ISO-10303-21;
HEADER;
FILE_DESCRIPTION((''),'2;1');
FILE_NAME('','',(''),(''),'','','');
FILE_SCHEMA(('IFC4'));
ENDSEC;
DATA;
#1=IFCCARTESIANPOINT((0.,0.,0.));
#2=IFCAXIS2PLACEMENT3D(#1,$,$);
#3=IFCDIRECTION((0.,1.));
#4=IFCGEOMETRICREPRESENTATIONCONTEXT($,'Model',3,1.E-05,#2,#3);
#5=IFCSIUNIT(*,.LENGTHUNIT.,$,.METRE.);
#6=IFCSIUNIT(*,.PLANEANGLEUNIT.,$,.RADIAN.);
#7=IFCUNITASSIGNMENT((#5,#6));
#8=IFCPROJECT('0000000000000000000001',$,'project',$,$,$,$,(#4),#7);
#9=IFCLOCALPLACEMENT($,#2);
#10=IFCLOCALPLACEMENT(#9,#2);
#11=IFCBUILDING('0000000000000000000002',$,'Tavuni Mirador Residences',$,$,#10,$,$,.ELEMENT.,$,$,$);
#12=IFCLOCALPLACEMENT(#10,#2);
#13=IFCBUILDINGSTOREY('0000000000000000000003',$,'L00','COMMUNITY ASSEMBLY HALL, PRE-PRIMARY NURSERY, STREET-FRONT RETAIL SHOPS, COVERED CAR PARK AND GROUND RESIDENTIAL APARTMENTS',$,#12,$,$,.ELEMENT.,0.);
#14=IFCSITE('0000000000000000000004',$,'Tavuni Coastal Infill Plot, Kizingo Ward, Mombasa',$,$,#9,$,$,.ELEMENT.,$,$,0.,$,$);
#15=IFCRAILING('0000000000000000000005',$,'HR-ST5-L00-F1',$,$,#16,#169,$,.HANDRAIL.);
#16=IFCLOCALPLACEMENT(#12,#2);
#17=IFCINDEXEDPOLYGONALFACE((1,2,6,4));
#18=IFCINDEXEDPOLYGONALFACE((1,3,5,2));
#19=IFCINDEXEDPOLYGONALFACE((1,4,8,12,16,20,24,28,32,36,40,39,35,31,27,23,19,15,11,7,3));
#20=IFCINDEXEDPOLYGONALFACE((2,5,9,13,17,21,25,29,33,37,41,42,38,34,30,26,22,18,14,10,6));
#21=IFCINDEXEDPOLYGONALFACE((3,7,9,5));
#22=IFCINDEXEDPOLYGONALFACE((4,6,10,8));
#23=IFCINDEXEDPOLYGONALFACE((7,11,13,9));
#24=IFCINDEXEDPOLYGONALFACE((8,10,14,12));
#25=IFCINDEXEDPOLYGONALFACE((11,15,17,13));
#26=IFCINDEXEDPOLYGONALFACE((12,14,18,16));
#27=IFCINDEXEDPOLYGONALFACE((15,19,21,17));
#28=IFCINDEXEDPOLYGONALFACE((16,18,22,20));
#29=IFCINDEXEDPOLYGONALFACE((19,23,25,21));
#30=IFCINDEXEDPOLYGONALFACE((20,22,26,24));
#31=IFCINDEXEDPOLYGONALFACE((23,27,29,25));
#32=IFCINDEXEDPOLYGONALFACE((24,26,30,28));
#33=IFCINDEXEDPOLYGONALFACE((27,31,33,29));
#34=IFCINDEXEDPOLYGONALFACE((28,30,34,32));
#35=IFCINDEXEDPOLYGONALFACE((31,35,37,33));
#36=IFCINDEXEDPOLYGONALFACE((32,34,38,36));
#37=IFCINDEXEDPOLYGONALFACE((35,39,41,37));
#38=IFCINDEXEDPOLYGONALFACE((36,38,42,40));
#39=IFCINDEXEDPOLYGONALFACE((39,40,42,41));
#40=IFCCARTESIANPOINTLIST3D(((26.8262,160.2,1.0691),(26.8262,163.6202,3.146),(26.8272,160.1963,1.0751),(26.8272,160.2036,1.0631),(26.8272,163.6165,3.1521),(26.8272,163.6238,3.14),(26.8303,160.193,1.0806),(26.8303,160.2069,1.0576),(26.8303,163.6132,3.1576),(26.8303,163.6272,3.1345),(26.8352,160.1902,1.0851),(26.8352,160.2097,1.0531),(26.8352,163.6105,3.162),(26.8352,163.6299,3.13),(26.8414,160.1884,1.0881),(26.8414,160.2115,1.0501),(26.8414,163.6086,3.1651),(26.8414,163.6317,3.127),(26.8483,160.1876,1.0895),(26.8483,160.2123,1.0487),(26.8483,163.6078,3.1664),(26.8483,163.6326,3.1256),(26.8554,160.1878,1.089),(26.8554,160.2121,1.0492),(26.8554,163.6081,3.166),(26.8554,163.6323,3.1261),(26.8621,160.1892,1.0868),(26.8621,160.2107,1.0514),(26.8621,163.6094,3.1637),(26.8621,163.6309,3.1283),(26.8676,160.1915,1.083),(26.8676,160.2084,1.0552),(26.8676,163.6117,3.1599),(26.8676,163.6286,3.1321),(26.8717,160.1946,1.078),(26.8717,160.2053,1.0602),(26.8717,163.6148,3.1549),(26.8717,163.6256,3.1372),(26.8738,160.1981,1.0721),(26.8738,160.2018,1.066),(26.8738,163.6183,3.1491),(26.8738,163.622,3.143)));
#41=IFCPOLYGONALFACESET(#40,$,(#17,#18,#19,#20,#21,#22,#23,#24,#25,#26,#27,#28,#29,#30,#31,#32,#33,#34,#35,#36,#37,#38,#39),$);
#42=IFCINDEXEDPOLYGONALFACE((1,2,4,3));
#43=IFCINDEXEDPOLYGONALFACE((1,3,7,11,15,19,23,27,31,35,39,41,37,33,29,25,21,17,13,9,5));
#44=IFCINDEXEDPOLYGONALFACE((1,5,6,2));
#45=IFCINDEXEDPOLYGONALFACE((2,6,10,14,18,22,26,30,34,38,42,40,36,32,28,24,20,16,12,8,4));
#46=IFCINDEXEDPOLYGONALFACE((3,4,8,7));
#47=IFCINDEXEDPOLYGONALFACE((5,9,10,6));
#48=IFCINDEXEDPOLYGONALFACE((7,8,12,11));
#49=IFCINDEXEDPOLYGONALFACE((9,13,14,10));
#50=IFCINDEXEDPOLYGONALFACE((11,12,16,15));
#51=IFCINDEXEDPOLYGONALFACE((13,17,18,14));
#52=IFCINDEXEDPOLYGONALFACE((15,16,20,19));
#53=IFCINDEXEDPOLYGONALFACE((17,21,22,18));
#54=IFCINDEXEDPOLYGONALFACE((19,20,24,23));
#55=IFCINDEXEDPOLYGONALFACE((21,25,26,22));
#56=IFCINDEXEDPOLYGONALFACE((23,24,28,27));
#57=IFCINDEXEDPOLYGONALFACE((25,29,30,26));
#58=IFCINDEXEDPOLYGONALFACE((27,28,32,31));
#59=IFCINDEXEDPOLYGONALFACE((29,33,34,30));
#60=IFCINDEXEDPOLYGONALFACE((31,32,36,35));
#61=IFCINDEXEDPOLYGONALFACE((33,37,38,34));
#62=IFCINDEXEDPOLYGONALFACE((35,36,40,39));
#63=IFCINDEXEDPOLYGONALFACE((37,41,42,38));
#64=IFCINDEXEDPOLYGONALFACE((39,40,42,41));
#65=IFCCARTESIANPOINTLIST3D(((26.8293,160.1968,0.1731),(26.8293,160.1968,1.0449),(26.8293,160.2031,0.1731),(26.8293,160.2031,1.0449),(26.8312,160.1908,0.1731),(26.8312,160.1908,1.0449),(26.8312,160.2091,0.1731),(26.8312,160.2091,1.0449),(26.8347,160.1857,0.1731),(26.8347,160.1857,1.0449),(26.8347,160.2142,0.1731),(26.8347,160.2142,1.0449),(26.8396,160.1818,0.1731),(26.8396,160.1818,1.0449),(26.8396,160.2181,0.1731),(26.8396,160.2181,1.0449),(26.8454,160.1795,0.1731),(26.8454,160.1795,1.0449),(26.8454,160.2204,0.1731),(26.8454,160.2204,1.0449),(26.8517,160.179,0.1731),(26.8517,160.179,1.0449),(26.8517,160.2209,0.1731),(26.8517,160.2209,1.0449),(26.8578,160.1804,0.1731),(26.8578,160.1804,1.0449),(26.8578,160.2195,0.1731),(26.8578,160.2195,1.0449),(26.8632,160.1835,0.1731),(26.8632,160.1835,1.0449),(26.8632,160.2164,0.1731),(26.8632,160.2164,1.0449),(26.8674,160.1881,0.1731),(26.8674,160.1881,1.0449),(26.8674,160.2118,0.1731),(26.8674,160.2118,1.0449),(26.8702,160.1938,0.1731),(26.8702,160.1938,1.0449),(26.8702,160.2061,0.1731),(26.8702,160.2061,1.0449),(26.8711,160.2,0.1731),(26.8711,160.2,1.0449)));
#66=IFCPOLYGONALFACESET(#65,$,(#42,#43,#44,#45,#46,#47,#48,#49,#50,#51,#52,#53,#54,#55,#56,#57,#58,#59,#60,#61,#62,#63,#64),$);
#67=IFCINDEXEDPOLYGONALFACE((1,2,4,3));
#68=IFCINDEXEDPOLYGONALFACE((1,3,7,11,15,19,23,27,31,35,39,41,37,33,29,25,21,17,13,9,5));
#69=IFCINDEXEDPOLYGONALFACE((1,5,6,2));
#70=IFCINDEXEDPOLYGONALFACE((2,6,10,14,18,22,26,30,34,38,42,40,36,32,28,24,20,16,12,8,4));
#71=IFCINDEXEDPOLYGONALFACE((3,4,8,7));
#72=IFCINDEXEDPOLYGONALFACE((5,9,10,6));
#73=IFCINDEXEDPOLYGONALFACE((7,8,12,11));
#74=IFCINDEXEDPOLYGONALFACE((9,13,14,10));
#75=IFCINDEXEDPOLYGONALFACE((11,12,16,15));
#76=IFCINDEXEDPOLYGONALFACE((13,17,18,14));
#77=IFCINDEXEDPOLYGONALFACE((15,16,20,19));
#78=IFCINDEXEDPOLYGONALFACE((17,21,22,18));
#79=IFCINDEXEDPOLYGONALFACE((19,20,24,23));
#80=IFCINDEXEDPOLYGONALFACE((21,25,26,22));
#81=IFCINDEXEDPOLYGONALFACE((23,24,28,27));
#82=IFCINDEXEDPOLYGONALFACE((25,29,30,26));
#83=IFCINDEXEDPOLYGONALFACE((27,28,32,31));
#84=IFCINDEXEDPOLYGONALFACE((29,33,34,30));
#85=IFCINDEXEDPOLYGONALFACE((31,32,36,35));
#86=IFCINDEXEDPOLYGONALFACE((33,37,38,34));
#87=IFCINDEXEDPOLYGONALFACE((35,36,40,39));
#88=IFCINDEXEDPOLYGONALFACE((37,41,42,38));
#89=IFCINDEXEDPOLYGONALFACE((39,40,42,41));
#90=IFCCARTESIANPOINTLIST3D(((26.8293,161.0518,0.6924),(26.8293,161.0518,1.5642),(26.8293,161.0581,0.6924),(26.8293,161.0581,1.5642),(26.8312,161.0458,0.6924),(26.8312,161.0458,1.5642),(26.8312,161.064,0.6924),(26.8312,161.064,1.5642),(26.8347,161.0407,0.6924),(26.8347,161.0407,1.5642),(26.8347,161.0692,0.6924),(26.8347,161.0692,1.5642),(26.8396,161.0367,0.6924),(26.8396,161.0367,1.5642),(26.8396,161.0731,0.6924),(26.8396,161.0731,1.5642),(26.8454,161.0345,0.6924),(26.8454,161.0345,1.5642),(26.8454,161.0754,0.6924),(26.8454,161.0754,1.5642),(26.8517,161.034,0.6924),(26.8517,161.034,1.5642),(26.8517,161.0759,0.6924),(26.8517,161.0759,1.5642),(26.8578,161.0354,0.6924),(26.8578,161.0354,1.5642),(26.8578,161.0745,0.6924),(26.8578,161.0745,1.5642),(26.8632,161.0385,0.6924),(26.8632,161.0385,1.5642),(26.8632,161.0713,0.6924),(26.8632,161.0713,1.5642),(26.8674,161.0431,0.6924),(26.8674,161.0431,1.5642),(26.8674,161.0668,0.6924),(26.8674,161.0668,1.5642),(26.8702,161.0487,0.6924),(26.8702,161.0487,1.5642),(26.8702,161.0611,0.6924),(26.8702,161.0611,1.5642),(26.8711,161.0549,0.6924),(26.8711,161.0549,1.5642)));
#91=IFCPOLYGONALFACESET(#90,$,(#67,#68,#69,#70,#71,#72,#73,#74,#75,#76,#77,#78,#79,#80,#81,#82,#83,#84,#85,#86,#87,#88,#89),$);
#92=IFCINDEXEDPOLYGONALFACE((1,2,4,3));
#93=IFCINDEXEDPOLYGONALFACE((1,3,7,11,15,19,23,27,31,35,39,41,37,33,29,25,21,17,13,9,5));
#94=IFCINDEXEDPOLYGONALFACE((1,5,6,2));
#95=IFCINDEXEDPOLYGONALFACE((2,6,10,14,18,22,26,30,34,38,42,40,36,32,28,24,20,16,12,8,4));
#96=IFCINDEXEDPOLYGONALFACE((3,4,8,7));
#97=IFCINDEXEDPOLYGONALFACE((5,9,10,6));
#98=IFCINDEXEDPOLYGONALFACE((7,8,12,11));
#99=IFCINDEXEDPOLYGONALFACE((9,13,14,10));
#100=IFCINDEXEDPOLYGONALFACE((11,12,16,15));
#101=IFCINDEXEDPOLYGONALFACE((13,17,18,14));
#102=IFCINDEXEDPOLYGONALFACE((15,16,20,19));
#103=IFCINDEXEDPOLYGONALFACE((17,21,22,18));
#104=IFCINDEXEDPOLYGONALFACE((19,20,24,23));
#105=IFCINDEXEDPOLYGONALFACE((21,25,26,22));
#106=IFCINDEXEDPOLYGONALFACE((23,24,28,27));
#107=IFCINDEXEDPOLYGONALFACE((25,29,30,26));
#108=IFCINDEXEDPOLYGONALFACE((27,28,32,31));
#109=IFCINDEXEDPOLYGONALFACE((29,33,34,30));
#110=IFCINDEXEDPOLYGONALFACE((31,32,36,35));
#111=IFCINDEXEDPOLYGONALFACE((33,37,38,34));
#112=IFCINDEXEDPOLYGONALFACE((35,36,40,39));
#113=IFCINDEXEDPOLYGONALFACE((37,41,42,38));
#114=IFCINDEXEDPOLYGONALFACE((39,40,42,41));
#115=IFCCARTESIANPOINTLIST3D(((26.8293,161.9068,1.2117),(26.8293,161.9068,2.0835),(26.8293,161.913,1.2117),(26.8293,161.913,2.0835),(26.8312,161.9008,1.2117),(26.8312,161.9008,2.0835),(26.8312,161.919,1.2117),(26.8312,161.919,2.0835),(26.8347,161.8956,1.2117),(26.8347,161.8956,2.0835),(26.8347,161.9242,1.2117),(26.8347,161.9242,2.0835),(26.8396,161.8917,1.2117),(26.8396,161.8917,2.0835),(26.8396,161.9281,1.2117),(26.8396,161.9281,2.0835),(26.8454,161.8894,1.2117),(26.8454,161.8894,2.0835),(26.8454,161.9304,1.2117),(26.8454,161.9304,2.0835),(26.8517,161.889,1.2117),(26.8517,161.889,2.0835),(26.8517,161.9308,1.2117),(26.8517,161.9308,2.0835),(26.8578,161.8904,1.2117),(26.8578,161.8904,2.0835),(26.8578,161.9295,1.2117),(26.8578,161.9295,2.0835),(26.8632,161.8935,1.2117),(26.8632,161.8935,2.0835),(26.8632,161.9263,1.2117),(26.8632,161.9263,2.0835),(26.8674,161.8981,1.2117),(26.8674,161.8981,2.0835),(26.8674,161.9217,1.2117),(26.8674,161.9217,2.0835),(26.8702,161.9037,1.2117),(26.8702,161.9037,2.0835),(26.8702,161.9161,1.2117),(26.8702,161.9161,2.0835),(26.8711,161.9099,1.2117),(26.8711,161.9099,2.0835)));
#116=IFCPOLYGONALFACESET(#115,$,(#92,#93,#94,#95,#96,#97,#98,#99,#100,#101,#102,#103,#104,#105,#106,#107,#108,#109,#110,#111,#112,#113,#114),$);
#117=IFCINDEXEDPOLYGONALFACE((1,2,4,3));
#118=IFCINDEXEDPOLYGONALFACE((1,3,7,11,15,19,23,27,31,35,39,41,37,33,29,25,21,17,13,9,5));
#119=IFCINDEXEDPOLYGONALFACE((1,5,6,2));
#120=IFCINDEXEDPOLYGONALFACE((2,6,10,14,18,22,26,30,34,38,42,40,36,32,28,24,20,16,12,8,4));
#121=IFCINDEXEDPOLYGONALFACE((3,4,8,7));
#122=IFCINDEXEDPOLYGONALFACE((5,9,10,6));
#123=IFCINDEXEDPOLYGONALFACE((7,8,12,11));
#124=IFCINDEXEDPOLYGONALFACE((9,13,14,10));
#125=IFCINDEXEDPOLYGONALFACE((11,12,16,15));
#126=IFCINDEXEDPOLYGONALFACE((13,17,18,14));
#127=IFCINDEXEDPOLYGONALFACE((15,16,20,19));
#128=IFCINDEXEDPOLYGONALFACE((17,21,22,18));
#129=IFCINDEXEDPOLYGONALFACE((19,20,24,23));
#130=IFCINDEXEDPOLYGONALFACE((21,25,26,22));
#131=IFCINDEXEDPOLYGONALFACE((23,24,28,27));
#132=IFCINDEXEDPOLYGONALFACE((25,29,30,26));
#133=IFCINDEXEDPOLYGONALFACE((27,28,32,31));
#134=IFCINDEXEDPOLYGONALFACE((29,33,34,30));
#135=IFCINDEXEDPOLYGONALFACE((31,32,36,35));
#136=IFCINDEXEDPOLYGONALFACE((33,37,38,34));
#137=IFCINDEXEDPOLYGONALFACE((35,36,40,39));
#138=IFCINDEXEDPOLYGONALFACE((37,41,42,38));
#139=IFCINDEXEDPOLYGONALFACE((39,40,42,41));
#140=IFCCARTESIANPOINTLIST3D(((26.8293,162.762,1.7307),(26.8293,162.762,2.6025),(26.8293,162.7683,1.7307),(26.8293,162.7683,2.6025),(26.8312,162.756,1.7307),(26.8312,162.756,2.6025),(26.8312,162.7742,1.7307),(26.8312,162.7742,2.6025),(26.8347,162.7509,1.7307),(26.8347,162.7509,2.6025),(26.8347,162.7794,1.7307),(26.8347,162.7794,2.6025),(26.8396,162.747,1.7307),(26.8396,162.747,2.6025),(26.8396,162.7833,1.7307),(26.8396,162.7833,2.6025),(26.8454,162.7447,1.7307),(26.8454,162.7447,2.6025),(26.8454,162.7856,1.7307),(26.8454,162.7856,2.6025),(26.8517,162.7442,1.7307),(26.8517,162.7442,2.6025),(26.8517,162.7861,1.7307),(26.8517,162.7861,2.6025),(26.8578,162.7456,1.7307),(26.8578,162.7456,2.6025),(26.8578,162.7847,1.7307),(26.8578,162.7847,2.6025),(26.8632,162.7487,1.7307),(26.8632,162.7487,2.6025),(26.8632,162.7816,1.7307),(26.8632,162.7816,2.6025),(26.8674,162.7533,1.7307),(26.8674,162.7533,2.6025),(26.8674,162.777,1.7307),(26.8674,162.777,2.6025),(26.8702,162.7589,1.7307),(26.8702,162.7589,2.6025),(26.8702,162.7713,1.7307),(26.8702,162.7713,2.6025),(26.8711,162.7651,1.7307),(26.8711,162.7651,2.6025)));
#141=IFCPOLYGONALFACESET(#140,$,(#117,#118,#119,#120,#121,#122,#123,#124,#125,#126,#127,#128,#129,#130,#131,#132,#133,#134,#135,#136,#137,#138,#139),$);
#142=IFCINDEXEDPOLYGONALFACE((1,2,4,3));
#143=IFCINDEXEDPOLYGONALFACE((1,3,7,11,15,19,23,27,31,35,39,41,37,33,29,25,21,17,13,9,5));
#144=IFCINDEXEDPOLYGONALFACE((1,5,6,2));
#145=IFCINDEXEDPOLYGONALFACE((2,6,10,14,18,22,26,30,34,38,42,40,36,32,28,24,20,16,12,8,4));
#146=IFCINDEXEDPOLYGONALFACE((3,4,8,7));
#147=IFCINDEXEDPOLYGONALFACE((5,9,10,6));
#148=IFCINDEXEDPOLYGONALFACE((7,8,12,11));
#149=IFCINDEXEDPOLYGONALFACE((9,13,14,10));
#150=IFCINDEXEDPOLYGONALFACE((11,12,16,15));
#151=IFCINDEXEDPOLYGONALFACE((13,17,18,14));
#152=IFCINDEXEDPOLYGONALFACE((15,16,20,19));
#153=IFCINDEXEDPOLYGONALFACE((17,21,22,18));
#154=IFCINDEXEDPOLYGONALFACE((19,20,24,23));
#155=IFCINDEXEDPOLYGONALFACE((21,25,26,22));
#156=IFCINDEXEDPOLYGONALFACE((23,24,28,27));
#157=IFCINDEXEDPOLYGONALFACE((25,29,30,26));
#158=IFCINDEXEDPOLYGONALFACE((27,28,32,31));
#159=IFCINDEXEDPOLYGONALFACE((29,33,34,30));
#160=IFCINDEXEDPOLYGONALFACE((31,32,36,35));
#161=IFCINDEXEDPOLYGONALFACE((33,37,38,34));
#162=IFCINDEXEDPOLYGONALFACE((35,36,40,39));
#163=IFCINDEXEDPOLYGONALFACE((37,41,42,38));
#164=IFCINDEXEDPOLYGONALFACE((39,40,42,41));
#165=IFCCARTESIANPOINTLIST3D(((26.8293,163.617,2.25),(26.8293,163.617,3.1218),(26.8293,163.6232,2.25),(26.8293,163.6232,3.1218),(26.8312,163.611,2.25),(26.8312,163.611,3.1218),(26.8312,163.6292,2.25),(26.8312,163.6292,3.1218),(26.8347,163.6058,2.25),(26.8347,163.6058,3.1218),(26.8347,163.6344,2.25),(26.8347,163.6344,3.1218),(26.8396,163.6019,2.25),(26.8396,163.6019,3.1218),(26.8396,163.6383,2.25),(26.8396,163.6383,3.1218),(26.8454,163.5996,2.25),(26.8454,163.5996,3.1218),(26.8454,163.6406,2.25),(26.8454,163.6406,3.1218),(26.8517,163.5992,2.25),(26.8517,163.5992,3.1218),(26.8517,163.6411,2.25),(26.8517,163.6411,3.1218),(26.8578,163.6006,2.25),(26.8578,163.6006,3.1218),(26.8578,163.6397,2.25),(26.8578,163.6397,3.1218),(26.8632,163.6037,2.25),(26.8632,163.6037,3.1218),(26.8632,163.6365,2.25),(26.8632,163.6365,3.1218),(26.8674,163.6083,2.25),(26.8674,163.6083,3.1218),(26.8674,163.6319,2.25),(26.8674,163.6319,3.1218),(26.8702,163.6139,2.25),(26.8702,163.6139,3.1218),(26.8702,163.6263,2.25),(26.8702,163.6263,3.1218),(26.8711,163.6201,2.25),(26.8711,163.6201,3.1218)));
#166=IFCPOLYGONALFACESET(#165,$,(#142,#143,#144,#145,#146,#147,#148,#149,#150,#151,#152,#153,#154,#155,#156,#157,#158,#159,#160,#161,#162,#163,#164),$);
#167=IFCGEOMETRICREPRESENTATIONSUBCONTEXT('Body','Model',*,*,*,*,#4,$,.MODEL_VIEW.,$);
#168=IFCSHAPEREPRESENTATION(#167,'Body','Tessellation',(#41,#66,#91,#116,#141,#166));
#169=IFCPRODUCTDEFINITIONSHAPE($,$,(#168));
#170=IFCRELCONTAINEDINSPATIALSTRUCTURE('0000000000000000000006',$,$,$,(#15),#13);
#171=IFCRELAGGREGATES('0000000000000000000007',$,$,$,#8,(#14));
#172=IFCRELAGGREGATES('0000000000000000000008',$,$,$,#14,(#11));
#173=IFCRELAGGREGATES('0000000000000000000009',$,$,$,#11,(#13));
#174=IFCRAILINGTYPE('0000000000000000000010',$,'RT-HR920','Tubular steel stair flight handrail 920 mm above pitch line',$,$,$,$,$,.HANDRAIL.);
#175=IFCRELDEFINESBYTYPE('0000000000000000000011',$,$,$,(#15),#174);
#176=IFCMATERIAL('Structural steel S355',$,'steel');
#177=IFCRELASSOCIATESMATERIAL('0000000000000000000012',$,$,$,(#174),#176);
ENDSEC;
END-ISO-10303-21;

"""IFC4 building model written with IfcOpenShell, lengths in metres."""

from ifc_helpers import new_model, si_unit, direction, frame, origin, origin_2d, place, context, subcontext, project, spatial, circle, extrude, material, type_object, element, save


model = new_model("IFC4")

# Units and contexts
model_context = context("Model", 3, precision=1e-05, world=origin(), true_north=direction((0.0, 1.0)))
body_context = subcontext(model_context, "Body", "Model", "MODEL_VIEW")
ifc_project = project(units=[si_unit("LENGTHUNIT", "METRE"), si_unit("PLANEANGLEUNIT", "RADIAN")], contexts=[model_context])

# Site, building, storey
site_placement = place(None, origin())
site = spatial("IfcSite", under=ifc_project, at=site_placement, Name="Tavuni Coastal Infill Plot, Kizingo Ward, Mombasa", CompositionType="ELEMENT", RefElevation=0.0)
building_placement = place(site_placement, origin())
building = spatial("IfcBuilding", under=site, at=building_placement, Name="Tavuni Mirador Residences", CompositionType="ELEMENT")
storey_placement = place(building_placement, origin())
storey = spatial("IfcBuildingStorey", under=building, at=storey_placement, Name="L00", Description="COMMUNITY ASSEMBLY HALL, PRE-PRIMARY NURSERY, STREET-FRONT RETAIL SHOPS, COVERED CAR PARK AND GROUND RESIDENTIAL APARTMENTS", CompositionType="ELEMENT", Elevation=0.0)

# Shared definitions
ifc_material_1 = material(Name="Structural steel S355", Category="steel")

# Railing
railing_type_1 = type_object("IfcRailingType", Name="RT-HR920", Description="Tubular steel stair flight handrail 920 mm above pitch line", PredefinedType="HANDRAIL", material=ifc_material_1)
railing_1_placement = place(storey_placement, frame((26.8501, 160.2, 0.1731)))
element("IfcRailing", 1, at=railing_1_placement, inside=storey, type_object=railing_type_1, Name="HR-ST5-L00-F1", PredefinedType="HANDRAIL", context=body_context, shape_type="SweptSolid", body=[
    extrude(circle(Radius=0.0239, at=origin_2d()), frame((0.0, 0.0, 0.896), z_axis=(0.0, 0.854746, 0.519047), x_axis=(-1.0, 0.0, 0.0)), (0.0, 0.0, 1.0), 4.0015),
    extrude(circle(Radius=0.021, at=origin_2d()), origin(), (0.0, 0.0, 1.0), 0.8718),
    extrude(circle(Radius=0.021, at=origin_2d()), frame((0.0, 0.855, 0.5193)), (0.0, 0.0, 1.0), 0.8718),
    extrude(circle(Radius=0.021, at=origin_2d()), frame((0.0, 1.71, 1.0386)), (0.0, 0.0, 1.0), 0.8718),
    extrude(circle(Radius=0.021, at=origin_2d()), frame((0.0, 2.5652, 1.5576)), (0.0, 0.0, 1.0), 0.8718),
    extrude(circle(Radius=0.021, at=origin_2d()), frame((0.0, 3.4202, 2.0769)), (0.0, 0.0, 1.0), 0.8718),
])

save(model, "model.ifc")
